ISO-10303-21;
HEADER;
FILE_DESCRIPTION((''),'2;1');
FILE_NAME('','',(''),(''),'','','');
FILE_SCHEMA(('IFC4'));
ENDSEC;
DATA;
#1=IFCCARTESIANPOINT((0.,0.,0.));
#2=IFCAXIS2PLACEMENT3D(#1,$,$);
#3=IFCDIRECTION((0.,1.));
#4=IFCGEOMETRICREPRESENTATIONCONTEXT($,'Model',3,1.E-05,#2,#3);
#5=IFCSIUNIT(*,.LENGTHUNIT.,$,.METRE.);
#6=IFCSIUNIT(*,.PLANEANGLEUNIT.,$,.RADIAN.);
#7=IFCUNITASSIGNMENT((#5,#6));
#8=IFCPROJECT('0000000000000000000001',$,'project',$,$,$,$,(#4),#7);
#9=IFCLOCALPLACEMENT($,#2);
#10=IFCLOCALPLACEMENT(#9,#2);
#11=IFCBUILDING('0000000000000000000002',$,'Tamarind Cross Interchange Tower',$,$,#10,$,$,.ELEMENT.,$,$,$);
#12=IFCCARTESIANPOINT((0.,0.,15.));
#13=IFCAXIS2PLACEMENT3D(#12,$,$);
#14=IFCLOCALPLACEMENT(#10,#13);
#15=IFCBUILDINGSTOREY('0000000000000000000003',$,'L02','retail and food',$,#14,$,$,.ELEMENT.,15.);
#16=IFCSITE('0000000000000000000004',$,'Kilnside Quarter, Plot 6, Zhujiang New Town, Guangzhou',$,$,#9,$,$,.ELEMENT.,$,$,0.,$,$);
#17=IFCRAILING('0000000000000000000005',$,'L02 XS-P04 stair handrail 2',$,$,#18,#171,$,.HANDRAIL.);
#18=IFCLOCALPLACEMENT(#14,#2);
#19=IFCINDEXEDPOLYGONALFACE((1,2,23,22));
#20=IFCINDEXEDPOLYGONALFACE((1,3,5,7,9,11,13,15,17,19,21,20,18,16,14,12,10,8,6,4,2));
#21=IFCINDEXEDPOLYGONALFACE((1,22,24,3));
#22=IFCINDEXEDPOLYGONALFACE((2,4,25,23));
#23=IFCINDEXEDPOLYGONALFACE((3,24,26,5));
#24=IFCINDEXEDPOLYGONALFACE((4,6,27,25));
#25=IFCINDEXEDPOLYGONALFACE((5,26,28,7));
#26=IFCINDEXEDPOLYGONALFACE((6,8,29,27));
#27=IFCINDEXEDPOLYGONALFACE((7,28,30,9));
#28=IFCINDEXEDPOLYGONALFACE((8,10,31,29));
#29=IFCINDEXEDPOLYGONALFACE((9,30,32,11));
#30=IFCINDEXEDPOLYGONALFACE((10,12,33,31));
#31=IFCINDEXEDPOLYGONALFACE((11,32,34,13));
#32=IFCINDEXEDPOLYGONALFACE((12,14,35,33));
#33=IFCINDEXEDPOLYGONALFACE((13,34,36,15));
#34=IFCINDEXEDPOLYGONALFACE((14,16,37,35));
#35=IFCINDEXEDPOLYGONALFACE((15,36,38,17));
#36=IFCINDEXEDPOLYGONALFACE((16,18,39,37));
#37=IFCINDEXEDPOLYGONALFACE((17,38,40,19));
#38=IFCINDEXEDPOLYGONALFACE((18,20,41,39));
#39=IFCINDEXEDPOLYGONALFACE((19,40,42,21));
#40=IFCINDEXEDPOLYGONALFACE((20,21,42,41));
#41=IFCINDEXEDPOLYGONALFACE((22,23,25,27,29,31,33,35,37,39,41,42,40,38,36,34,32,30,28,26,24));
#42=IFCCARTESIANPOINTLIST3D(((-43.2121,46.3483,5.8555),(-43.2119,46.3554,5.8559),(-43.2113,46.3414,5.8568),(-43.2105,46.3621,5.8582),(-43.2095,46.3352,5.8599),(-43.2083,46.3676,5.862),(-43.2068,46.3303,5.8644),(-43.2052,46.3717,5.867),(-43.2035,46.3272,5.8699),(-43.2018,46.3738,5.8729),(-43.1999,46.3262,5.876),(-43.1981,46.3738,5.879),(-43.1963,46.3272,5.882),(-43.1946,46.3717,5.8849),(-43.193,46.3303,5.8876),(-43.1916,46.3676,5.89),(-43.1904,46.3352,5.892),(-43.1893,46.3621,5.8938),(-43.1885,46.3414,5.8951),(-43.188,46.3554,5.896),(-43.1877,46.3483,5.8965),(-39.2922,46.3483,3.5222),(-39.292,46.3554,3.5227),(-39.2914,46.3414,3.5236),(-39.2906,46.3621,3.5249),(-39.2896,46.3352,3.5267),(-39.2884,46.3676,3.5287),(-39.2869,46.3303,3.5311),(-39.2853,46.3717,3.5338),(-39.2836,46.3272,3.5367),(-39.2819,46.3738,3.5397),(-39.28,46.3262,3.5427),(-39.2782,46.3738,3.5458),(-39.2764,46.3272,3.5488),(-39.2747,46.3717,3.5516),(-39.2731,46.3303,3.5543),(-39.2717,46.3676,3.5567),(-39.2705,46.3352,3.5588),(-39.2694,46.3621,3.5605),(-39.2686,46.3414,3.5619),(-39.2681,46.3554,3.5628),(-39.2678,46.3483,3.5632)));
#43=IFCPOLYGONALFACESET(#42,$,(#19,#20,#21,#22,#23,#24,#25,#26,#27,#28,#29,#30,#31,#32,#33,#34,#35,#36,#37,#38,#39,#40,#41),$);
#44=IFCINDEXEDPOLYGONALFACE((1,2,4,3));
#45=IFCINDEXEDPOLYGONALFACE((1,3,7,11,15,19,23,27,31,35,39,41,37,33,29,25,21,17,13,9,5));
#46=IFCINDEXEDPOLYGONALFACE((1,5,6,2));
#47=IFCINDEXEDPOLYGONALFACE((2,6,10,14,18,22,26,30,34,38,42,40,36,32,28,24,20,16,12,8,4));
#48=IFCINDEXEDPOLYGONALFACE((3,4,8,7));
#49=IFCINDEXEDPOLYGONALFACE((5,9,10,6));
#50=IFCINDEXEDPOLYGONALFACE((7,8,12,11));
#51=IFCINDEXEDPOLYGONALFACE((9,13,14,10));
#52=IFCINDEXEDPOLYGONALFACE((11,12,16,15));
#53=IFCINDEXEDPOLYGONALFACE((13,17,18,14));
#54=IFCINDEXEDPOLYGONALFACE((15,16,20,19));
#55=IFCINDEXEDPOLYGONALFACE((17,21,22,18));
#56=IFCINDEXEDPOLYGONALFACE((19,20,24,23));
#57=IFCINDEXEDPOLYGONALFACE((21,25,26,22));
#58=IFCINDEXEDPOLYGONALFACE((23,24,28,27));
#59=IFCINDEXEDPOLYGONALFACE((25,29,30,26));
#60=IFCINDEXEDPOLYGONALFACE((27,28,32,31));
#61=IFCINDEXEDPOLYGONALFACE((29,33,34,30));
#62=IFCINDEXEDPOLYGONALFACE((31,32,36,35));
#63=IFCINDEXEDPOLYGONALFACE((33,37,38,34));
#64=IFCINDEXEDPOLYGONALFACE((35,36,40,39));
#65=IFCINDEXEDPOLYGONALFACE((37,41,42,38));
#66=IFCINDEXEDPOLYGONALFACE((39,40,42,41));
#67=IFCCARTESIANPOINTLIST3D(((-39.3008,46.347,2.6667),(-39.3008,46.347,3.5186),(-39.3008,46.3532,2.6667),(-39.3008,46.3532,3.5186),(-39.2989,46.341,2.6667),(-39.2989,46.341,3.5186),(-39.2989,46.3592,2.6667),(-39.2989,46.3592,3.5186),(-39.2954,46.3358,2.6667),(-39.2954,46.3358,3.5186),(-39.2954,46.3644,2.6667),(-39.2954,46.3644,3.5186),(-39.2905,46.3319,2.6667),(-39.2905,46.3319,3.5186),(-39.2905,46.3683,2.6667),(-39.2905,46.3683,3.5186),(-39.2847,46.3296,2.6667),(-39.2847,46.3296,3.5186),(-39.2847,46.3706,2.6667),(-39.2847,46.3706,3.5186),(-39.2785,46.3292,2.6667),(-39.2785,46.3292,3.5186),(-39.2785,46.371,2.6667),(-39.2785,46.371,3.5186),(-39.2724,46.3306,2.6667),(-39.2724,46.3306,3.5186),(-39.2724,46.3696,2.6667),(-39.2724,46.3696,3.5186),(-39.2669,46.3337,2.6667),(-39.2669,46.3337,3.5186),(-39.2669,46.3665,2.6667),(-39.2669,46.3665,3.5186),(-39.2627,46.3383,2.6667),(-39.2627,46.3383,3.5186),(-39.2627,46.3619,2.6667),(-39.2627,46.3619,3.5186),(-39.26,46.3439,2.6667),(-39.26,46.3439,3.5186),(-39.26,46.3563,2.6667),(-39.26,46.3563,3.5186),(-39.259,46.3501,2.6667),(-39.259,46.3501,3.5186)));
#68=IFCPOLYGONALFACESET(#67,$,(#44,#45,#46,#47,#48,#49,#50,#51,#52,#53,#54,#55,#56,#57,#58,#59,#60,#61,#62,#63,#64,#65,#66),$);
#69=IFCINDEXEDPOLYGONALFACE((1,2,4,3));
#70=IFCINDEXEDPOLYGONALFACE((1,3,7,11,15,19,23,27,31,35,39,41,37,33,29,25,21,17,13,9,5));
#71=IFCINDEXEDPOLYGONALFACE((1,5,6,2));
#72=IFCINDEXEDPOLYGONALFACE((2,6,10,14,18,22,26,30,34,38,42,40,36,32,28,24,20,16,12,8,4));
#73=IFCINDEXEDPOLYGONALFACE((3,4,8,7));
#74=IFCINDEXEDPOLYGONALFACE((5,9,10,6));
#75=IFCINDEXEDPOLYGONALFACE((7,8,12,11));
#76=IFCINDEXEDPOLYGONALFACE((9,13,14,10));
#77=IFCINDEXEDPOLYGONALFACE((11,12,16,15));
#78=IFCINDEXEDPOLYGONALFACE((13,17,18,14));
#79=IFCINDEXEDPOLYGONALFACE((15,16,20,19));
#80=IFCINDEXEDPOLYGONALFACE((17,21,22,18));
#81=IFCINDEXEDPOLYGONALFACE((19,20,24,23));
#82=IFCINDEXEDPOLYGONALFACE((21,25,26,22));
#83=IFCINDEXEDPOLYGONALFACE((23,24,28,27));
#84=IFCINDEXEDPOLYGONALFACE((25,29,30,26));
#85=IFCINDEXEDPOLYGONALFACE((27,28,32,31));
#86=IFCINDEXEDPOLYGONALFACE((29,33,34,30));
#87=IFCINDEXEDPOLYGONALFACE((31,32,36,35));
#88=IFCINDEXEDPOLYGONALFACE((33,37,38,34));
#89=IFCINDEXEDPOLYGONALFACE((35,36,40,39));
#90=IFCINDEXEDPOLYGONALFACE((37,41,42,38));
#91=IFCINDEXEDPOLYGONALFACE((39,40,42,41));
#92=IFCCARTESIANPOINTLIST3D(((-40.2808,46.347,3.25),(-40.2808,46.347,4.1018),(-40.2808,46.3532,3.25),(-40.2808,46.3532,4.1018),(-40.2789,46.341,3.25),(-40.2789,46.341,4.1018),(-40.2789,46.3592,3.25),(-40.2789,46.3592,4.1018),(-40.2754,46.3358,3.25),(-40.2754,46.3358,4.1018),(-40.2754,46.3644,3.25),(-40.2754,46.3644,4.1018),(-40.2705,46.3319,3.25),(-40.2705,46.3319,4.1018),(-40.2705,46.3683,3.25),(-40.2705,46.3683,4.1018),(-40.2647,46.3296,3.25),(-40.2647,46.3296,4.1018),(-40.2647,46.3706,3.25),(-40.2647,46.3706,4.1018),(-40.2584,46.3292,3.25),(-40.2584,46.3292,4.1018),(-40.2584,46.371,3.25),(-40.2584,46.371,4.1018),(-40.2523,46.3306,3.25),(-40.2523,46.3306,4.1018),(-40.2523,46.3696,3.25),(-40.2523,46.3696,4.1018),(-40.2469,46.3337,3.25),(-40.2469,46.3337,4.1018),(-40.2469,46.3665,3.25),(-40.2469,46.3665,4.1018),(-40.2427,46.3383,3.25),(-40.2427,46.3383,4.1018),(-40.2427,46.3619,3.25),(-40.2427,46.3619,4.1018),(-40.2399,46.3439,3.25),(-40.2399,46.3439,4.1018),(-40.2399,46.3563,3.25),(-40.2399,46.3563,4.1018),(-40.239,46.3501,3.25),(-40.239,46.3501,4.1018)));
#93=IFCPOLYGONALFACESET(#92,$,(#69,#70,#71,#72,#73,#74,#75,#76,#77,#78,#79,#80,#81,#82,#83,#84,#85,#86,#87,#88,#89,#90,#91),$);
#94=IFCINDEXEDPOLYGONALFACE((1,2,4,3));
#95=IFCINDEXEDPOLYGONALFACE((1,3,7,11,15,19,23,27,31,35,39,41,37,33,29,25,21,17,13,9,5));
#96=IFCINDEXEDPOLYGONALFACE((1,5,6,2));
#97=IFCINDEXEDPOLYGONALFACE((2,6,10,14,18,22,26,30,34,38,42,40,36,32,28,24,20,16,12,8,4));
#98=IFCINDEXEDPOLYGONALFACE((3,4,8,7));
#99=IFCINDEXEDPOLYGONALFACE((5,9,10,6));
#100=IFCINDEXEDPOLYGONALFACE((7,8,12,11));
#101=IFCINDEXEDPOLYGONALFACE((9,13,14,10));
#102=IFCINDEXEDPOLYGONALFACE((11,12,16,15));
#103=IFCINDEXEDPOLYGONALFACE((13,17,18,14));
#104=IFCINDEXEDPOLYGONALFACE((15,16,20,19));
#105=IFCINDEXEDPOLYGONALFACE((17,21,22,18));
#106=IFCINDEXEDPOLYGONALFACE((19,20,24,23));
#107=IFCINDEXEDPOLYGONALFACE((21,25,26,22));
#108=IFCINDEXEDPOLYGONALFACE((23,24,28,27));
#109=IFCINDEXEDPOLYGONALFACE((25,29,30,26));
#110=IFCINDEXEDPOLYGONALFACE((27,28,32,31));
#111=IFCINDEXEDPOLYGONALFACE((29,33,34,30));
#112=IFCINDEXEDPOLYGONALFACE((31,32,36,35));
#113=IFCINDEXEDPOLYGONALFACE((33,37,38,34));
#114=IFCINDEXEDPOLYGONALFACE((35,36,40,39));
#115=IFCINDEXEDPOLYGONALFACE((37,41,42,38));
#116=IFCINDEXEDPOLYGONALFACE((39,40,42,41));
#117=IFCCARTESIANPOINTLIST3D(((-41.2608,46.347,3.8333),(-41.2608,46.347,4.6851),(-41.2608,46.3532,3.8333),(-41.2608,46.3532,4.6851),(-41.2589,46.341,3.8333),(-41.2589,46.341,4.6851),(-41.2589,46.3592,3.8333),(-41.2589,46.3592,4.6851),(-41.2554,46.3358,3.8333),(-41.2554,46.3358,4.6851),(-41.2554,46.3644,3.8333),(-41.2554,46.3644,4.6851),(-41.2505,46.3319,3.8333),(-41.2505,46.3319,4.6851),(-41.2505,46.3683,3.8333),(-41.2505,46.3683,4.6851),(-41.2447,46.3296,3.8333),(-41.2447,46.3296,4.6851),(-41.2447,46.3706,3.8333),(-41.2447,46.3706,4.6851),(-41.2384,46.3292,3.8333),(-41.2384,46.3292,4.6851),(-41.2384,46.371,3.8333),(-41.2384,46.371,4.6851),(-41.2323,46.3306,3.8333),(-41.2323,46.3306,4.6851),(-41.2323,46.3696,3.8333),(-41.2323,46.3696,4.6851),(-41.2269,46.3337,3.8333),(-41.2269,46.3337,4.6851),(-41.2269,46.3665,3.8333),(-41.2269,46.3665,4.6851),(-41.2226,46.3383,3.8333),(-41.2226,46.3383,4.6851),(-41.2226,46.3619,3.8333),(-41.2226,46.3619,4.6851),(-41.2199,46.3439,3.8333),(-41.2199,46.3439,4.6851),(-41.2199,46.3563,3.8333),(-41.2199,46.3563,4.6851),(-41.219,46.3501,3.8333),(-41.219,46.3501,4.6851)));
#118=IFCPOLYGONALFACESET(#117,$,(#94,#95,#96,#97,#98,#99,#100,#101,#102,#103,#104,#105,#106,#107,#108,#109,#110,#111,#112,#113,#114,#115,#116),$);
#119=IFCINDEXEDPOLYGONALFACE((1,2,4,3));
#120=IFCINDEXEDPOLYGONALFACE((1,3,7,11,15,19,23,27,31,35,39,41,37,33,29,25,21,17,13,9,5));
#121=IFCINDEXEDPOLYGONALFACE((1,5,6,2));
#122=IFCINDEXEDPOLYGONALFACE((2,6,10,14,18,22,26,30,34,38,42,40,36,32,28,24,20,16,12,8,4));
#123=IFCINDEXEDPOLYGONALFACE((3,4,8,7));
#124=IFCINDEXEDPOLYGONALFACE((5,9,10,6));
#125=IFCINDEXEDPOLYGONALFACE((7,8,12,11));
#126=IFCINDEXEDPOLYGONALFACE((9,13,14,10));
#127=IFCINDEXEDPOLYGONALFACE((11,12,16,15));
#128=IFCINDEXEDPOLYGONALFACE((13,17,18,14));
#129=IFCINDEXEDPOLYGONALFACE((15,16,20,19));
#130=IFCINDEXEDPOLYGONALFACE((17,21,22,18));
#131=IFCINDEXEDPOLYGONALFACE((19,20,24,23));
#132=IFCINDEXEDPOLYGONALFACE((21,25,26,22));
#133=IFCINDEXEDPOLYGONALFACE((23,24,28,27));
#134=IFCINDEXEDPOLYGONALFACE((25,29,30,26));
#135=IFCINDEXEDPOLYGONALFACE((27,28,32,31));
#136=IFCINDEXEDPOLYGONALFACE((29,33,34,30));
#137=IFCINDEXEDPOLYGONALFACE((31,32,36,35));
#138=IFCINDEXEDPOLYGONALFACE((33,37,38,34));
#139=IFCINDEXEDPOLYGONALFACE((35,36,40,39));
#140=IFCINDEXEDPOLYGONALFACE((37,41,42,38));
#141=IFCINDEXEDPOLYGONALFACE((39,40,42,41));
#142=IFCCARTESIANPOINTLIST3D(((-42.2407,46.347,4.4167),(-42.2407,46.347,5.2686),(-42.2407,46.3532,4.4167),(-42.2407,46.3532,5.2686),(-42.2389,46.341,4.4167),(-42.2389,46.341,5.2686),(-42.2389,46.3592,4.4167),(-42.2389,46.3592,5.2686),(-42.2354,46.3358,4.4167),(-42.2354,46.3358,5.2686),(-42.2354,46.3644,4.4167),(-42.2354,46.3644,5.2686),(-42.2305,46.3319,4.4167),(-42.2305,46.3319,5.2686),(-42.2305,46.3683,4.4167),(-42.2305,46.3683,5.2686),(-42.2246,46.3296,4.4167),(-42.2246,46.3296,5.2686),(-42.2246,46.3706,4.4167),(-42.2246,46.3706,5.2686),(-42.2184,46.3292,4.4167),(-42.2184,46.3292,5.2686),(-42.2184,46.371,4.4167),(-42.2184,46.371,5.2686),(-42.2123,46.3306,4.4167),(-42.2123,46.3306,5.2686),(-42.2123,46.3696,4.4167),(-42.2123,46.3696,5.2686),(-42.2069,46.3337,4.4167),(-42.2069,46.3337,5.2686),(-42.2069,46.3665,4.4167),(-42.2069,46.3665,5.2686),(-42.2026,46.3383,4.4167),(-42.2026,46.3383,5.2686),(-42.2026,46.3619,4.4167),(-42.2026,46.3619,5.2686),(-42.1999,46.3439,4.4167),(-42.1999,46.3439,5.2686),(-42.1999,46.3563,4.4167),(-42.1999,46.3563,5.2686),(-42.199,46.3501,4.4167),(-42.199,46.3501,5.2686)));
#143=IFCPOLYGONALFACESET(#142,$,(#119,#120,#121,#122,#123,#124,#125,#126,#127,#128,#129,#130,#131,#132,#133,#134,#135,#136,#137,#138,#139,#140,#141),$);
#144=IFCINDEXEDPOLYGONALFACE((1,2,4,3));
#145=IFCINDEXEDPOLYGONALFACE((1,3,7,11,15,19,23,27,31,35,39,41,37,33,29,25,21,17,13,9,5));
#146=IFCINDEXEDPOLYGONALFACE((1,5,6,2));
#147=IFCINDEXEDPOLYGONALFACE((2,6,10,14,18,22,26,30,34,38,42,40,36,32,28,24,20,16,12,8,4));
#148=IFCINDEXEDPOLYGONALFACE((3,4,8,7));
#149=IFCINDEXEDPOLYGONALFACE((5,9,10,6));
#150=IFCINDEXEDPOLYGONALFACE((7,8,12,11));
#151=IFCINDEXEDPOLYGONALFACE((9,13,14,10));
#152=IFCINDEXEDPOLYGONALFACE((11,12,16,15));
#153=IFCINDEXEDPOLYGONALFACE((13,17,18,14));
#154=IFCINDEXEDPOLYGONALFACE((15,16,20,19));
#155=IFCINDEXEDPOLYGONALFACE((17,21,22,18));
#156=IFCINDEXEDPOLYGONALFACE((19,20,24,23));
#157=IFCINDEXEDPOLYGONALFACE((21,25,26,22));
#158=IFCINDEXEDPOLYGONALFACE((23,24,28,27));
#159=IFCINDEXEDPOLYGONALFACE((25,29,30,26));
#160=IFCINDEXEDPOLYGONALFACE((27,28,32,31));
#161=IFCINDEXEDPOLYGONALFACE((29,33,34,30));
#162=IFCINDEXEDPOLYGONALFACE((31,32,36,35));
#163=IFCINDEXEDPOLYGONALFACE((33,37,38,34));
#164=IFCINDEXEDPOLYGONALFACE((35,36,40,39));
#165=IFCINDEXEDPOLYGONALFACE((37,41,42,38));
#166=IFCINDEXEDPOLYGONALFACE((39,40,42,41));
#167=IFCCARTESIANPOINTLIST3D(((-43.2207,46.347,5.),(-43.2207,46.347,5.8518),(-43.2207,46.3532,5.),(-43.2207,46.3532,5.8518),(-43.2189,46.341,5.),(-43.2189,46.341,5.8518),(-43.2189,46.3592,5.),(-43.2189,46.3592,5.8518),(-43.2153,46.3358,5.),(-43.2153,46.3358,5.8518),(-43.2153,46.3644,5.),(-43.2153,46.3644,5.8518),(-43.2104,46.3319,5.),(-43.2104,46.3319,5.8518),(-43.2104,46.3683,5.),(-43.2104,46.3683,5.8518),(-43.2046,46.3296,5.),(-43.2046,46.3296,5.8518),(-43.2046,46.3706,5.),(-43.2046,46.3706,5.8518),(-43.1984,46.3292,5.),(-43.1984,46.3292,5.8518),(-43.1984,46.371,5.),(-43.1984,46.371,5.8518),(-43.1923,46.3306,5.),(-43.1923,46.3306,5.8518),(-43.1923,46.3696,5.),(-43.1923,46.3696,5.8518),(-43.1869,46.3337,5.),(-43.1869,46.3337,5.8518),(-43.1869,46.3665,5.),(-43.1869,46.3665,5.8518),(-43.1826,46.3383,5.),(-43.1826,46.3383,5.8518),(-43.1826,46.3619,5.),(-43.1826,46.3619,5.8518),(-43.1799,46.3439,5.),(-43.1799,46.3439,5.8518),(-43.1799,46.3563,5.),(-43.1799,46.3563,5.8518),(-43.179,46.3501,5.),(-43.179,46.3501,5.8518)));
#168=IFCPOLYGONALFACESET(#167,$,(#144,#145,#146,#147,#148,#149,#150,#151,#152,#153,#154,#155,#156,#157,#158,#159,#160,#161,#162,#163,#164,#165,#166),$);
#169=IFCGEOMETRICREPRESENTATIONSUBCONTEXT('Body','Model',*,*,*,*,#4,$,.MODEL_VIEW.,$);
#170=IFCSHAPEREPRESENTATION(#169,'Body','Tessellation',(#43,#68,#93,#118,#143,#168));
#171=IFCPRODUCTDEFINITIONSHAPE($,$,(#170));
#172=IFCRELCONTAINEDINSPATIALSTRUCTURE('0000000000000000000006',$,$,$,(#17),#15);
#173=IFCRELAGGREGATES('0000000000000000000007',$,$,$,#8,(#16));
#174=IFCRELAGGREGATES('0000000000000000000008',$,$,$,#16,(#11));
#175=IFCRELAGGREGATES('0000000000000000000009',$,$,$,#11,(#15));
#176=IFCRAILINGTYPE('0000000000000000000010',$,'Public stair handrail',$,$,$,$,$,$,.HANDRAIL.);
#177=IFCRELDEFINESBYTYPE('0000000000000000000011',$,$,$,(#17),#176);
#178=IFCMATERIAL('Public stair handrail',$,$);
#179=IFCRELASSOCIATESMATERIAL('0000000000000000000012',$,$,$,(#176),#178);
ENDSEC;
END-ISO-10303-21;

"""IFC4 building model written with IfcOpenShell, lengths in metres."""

from ifc_helpers import new_model, si_unit, direction, frame, origin, origin_2d, place, context, subcontext, project, spatial, circle, extrude, material, type_object, element, save


model = new_model("IFC4")

# Units and contexts
model_context = context("Model", 3, precision=1e-05, world=origin(), true_north=direction((0.0, 1.0)))
body_context = subcontext(model_context, "Body", "Model", "MODEL_VIEW")
ifc_project = project(units=[si_unit("LENGTHUNIT", "METRE"), si_unit("PLANEANGLEUNIT", "RADIAN")], contexts=[model_context])

# Site, building, storey
site_placement = place(None, origin())
site = spatial("IfcSite", under=ifc_project, at=site_placement, Name="Kilnside Quarter, Plot 6, Zhujiang New Town, Guangzhou", CompositionType="ELEMENT", RefElevation=0.0)
building_placement = place(site_placement, origin())
building = spatial("IfcBuilding", under=site, at=building_placement, Name="Tamarind Cross Interchange Tower", CompositionType="ELEMENT")
storey_placement = place(building_placement, frame((0.0, 0.0, 15.0)))
storey = spatial("IfcBuildingStorey", under=building, at=storey_placement, Name="L02", Description="retail and food", CompositionType="ELEMENT", Elevation=15.0)

# Railing
ifc_material_1 = material(Name="Public stair handrail")
railing_type_1 = type_object("IfcRailingType", Name="Public stair handrail", PredefinedType="HANDRAIL", material=ifc_material_1)
railing_1_placement = place(storey_placement, frame((-39.28, 46.3501, 2.6667)))
element("IfcRailing", 1, at=railing_1_placement, inside=storey, type_object=railing_type_1, Name="L02 XS-P04 stair handrail 2", PredefinedType="HANDRAIL", context=body_context, shape_type="SweptSolid", body=[
    extrude(circle(Radius=0.0239, at=origin_2d()), frame((0.0, 0.0, 0.876), z_axis=(-0.859296, 0.0, 0.511478), x_axis=(0.0, -1.0, 0.0)), (0.0, 0.0, 1.0), 4.5618),
    extrude(circle(Radius=0.021, at=origin_2d()), origin(), (0.0, 0.0, 1.0), 0.8518),
    extrude(circle(Radius=0.021, at=origin_2d()), frame((-0.98, 0.0, 0.5833)), (0.0, 0.0, 1.0), 0.8518),
    extrude(circle(Radius=0.021, at=origin_2d()), frame((-1.96, 0.0, 1.1665)), (0.0, 0.0, 1.0), 0.8518),
    extrude(circle(Radius=0.021, at=origin_2d()), frame((-2.9399, 0.0, 1.75)), (0.0, 0.0, 1.0), 0.8518),
    extrude(circle(Radius=0.021, at=origin_2d()), frame((-3.9199, 0.0, 2.3333)), (0.0, 0.0, 1.0), 0.8518),
])

save(model, "model.ifc")
